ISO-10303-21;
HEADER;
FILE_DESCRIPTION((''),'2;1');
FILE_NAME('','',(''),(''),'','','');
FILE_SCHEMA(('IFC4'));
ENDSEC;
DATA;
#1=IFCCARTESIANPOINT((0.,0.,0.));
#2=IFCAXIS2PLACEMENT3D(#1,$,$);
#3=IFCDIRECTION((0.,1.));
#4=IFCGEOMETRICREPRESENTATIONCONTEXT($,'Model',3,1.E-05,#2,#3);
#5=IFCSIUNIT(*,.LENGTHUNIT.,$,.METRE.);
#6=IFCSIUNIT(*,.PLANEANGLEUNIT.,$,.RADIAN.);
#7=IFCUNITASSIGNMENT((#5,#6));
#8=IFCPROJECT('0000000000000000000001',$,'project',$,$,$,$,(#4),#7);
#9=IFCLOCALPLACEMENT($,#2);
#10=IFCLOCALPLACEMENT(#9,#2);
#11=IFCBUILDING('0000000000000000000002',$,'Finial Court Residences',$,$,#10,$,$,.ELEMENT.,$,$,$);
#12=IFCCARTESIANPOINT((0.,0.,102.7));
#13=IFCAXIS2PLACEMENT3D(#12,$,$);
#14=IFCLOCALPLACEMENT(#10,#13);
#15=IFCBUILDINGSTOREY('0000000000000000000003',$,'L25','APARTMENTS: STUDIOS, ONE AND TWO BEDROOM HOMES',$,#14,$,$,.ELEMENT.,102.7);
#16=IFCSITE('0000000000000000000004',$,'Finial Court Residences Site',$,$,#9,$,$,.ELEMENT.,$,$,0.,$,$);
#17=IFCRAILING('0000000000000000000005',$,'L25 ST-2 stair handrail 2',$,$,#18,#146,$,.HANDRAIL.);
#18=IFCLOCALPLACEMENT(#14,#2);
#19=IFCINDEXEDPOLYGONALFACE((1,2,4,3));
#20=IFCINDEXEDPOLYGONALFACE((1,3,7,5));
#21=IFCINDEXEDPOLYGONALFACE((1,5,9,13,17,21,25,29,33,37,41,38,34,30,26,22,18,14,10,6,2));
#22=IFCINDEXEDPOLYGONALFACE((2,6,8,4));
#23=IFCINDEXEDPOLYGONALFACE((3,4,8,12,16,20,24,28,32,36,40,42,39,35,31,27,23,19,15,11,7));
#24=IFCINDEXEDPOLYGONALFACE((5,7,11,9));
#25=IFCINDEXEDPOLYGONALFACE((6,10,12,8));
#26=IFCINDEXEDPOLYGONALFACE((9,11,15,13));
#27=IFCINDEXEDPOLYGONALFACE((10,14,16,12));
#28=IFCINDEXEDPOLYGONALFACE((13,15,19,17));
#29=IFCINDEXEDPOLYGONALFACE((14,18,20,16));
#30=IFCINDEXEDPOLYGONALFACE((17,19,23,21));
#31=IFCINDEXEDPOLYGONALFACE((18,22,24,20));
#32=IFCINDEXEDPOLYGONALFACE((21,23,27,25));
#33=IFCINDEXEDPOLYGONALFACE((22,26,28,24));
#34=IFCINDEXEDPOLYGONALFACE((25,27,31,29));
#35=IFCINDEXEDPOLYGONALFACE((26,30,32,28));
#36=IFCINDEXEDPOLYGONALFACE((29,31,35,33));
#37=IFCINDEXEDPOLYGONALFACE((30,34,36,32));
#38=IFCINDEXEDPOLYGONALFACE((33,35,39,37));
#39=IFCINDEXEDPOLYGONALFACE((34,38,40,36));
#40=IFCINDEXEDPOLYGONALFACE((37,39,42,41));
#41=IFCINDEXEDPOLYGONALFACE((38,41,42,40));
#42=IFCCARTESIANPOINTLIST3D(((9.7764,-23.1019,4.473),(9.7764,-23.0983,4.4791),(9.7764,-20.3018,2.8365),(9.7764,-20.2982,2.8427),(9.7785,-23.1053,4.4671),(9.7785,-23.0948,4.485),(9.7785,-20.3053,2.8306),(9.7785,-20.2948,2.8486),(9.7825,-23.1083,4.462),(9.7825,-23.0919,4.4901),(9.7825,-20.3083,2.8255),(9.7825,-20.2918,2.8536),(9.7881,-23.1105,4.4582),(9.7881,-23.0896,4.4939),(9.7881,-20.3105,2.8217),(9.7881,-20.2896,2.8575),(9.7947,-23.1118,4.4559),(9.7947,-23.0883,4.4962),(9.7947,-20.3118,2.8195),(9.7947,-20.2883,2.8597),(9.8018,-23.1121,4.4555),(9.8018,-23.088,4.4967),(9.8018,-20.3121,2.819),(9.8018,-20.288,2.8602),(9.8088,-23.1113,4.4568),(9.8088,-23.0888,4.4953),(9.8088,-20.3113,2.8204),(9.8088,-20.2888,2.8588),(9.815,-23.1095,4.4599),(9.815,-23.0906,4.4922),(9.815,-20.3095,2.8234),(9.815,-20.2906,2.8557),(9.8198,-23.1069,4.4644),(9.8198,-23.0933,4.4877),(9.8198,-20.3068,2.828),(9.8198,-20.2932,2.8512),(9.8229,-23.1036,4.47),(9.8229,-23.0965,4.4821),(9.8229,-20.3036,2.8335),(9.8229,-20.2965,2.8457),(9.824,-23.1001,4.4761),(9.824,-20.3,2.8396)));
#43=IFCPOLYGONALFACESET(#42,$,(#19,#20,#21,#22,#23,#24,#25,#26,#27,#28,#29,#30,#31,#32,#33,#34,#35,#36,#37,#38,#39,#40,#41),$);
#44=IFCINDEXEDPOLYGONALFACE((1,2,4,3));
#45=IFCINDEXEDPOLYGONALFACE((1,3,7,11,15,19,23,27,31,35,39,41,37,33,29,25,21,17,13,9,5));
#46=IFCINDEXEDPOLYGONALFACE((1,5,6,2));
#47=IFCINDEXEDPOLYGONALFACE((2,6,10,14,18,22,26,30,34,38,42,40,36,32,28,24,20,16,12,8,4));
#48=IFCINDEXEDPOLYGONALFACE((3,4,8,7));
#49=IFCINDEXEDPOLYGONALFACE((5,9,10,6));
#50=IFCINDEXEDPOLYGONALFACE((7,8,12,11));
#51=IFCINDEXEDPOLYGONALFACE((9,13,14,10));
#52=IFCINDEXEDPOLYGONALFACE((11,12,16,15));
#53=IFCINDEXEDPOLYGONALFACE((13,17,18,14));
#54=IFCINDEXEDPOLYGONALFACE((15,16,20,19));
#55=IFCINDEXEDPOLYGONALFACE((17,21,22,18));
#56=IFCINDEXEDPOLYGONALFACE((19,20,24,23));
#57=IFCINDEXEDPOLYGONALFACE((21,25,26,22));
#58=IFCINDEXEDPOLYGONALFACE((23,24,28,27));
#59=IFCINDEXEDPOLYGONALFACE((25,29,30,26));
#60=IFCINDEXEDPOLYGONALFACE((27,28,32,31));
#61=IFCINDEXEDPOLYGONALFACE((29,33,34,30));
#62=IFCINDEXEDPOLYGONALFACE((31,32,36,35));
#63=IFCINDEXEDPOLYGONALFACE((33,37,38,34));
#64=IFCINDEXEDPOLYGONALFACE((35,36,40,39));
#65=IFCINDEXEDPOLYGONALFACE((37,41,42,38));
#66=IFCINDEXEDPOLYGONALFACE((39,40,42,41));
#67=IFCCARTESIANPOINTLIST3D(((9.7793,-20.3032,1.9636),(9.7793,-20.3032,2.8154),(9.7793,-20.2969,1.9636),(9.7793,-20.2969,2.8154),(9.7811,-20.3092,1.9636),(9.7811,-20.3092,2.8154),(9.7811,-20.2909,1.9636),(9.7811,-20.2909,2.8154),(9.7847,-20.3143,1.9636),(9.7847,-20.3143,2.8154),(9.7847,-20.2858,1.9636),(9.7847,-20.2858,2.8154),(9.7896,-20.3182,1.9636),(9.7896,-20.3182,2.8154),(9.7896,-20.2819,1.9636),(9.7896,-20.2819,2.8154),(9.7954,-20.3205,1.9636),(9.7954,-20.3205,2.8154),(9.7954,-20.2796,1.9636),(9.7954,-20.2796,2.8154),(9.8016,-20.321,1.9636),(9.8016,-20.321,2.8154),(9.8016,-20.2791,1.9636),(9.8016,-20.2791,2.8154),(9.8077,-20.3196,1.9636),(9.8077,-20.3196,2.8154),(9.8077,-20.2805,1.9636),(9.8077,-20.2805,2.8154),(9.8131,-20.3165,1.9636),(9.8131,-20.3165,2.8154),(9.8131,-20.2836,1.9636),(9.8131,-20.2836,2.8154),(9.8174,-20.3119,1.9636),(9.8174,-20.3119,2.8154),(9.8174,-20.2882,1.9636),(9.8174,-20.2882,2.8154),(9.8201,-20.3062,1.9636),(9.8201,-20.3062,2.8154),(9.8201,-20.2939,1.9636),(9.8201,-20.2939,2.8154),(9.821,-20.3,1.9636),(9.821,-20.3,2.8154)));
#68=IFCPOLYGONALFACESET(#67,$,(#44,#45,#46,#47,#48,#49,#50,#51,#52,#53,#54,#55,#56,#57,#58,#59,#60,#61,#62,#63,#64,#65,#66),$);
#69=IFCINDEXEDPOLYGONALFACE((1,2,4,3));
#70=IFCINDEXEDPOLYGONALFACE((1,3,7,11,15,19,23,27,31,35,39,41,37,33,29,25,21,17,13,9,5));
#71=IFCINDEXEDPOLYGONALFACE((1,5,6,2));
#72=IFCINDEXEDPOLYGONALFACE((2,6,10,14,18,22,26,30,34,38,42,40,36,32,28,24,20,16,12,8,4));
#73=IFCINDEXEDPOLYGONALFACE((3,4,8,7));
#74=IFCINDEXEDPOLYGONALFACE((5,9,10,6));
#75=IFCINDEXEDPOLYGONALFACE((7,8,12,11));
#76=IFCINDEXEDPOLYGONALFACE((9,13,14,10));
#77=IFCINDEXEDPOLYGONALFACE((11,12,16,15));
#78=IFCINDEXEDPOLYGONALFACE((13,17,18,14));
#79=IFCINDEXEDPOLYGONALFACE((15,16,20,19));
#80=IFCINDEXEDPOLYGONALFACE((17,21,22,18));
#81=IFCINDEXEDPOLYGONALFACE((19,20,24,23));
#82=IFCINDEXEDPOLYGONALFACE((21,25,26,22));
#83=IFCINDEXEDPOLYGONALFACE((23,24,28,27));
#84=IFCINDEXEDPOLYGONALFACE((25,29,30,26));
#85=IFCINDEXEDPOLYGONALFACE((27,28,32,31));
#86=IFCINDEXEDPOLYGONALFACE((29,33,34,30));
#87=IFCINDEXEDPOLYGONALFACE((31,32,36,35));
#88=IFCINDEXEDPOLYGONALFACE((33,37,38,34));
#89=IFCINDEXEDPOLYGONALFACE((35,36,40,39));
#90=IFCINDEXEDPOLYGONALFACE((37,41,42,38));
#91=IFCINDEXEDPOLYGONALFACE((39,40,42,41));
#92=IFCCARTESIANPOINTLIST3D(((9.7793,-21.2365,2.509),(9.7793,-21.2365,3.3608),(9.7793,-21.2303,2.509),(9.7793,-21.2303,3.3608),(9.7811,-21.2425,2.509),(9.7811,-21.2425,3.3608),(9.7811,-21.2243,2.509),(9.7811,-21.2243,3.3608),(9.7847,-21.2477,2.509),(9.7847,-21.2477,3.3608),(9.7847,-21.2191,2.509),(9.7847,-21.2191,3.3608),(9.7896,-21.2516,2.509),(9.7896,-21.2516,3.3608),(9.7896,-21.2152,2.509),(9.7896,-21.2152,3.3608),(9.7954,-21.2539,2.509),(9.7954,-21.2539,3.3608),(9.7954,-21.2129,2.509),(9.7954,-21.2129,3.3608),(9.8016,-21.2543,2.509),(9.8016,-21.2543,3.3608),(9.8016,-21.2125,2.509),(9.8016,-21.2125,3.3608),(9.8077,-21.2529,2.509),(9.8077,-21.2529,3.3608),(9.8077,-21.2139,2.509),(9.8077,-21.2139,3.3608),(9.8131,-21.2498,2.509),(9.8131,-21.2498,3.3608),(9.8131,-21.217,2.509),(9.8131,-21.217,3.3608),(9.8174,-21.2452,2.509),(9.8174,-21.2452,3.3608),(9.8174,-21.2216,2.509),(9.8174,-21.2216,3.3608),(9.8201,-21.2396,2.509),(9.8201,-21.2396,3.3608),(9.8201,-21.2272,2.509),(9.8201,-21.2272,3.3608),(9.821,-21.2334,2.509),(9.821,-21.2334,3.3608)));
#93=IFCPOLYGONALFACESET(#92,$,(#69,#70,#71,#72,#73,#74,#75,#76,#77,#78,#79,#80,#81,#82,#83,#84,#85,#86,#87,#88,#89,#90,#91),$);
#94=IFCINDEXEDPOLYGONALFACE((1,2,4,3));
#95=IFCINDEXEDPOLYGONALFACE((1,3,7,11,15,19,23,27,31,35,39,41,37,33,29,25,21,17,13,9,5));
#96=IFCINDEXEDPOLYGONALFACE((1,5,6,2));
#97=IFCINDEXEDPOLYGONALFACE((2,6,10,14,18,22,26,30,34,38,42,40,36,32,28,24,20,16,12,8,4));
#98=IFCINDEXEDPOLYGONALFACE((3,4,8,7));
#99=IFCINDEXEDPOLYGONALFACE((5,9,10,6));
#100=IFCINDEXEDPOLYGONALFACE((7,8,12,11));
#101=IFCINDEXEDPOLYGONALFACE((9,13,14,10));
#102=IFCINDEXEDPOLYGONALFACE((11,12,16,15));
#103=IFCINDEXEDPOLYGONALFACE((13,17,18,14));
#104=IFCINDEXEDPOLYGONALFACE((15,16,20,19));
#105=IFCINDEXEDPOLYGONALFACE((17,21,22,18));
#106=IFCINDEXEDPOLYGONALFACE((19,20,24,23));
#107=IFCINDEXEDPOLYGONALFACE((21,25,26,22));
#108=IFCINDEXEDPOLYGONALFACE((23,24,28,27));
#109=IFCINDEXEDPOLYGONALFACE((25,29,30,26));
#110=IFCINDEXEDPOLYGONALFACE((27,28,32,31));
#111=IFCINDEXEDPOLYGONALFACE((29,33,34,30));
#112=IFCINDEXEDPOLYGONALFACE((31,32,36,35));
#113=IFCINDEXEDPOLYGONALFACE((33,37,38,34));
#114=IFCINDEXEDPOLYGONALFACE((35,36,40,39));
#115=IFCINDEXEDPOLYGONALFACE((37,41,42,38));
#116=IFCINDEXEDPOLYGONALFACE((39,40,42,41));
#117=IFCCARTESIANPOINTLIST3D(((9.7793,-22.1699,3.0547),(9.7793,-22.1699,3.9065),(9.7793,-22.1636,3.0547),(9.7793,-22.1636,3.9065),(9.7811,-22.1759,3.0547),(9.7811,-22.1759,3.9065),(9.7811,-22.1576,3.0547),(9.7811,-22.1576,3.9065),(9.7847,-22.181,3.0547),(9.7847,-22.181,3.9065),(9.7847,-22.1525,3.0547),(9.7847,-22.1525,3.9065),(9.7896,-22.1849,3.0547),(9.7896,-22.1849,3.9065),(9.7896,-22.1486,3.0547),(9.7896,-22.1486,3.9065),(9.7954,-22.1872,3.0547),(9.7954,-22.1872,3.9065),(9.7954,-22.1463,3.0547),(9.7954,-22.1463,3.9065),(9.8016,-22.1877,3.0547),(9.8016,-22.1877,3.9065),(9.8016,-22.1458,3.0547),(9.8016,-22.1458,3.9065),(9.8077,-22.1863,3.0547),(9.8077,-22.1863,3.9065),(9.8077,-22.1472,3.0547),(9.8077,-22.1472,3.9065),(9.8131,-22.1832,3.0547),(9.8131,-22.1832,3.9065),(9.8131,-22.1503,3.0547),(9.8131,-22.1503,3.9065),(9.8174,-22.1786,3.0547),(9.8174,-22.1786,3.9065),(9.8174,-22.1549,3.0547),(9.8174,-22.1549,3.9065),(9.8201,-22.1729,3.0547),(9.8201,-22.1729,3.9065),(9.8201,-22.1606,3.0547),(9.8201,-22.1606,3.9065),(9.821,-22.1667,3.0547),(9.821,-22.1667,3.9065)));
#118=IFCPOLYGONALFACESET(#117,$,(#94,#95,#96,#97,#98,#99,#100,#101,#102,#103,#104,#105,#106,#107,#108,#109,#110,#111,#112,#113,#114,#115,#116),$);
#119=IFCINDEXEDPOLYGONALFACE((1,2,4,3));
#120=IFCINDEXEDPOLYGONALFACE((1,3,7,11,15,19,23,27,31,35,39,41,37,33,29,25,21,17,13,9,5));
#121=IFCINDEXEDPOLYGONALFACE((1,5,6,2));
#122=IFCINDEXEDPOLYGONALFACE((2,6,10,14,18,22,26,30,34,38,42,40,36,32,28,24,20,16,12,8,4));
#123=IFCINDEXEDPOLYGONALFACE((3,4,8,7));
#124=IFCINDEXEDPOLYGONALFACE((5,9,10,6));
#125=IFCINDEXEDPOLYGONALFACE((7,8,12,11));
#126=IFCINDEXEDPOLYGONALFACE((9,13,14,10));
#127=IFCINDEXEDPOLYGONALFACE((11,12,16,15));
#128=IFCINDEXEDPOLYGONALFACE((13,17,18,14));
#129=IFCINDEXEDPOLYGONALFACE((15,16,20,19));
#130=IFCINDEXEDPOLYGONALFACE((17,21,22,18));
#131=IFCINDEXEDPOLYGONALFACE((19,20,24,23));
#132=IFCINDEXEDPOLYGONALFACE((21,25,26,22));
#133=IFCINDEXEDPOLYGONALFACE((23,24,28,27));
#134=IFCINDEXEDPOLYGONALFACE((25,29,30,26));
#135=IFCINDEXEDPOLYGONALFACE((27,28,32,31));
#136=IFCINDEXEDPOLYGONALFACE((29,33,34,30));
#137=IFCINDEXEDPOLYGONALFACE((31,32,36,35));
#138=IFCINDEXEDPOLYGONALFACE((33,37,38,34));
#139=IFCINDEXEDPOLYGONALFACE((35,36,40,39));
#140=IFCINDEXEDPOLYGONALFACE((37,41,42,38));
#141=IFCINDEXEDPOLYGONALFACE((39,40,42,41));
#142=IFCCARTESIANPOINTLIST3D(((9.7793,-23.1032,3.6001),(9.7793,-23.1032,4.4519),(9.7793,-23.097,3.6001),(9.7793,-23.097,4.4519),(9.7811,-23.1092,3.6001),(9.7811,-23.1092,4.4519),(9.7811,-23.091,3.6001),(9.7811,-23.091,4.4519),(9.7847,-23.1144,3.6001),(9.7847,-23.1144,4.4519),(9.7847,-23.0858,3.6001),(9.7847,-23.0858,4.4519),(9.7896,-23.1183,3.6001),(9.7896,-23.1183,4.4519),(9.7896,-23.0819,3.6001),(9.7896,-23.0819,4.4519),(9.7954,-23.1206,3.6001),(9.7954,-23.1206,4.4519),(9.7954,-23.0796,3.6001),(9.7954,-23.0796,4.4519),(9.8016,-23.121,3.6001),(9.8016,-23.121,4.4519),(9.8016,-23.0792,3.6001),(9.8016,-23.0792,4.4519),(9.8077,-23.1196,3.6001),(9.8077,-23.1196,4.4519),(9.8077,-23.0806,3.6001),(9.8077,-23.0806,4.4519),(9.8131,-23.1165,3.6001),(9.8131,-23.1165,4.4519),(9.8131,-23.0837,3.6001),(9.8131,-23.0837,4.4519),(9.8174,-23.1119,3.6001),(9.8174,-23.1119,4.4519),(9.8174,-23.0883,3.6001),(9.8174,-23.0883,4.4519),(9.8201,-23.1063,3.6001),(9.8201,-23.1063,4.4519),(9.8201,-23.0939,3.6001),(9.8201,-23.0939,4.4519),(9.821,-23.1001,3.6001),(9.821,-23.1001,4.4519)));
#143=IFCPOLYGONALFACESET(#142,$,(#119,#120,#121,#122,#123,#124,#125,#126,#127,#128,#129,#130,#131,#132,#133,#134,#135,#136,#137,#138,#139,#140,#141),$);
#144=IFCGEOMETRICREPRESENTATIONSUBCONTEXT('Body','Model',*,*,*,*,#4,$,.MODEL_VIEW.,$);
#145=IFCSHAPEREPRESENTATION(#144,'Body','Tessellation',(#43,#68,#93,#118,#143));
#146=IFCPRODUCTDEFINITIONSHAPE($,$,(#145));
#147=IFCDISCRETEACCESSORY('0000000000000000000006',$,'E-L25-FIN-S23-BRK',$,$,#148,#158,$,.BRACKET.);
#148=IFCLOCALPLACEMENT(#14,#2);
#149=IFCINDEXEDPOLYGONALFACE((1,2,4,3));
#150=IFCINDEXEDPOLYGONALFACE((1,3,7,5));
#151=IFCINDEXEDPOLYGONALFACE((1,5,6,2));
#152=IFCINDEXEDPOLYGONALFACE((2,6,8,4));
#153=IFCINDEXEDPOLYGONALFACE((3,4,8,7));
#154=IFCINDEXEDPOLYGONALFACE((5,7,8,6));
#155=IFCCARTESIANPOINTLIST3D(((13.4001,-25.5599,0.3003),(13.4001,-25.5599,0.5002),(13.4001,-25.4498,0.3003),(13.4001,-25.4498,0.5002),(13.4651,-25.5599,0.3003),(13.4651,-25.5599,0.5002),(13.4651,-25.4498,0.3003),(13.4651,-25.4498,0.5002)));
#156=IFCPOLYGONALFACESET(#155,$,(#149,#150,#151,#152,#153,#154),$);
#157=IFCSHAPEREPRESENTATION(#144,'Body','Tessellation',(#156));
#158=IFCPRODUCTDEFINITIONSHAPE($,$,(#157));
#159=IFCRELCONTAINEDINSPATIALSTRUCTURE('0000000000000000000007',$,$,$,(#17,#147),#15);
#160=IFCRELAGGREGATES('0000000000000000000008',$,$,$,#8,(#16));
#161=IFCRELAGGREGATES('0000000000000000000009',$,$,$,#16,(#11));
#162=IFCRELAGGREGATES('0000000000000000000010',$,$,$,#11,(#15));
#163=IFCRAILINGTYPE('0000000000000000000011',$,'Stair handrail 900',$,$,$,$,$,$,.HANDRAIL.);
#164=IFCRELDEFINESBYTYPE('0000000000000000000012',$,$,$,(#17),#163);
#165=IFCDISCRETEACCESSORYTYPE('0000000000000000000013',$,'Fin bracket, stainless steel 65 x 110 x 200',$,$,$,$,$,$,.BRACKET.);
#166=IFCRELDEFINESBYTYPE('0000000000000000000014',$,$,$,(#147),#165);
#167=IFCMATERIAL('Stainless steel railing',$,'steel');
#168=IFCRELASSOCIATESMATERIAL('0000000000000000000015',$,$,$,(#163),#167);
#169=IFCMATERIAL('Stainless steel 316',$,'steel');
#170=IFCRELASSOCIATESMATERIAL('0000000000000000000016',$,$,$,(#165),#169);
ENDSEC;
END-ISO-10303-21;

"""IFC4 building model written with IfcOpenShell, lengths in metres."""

from ifc_helpers import new_model, si_unit, direction, frame, origin, origin_2d, place, context, subcontext, project, spatial, rectangle, circle, extrude, material, type_object, element, save


model = new_model("IFC4")

# Units and contexts
model_context = context("Model", 3, precision=1e-05, world=origin(), true_north=direction((0.0, 1.0)))
body_context = subcontext(model_context, "Body", "Model", "MODEL_VIEW")
ifc_project = project(units=[si_unit("LENGTHUNIT", "METRE"), si_unit("PLANEANGLEUNIT", "RADIAN")], contexts=[model_context])

# Site, building, storey
site_placement = place(None, origin())
site = spatial("IfcSite", under=ifc_project, at=site_placement, Name="Finial Court Residences Site", CompositionType="ELEMENT", RefElevation=0.0)
building_placement = place(site_placement, origin())
building = spatial("IfcBuilding", under=site, at=building_placement, Name="Finial Court Residences", CompositionType="ELEMENT")
storey_placement = place(building_placement, frame((0.0, 0.0, 102.7)))
storey = spatial("IfcBuildingStorey", under=building, at=storey_placement, Name="L25", Description="APARTMENTS: STUDIOS, ONE AND TWO BEDROOM HOMES", CompositionType="ELEMENT", Elevation=102.7)

# Railing
ifc_material_1 = material(Name="Stainless steel railing", Category="steel")
railing_type_1 = type_object("IfcRailingType", Name="Stair handrail 900", PredefinedType="HANDRAIL", material=ifc_material_1)
railing_1_placement = place(storey_placement, frame((9.8, -20.3, 1.9636)))
element("IfcRailing", 1, at=railing_1_placement, inside=storey, type_object=railing_type_1, Name="L25 ST-2 stair handrail 2", PredefinedType="HANDRAIL", context=body_context, shape_type="SweptSolid", body=[
    extrude(circle(Radius=0.0239, at=origin_2d()), frame((0.0, 0.0, 0.876), z_axis=(0.0, -0.863361, 0.504587), x_axis=(1.0, 0.0, 0.0)), (0.0, 0.0, 1.0), 3.2432),
    extrude(circle(Radius=0.021, at=origin_2d()), origin(), (0.0, 0.0, 1.0), 0.8518),
    extrude(circle(Radius=0.021, at=origin_2d()), frame((0.0, -0.9333, 0.5454)), (0.0, 0.0, 1.0), 0.8518),
    extrude(circle(Radius=0.021, at=origin_2d()), frame((0.0, -1.8667, 1.0911)), (0.0, 0.0, 1.0), 0.8518),
    extrude(circle(Radius=0.021, at=origin_2d()), frame((0.0, -2.8, 1.6365)), (0.0, 0.0, 1.0), 0.8518),
])

# Discrete accessory
ifc_material_2 = material(Name="Stainless steel 316", Category="steel")
discrete_accessory_type = type_object("IfcDiscreteAccessoryType", Name="Fin bracket, stainless steel 65 x 110 x 200", PredefinedType="BRACKET", material=ifc_material_2)
discrete_accessory_placement = place(storey_placement, frame((13.4326, -25.5049, 0.3003), z_axis=(0.0, 0.0, 1.0), x_axis=(1.0, 0.0, 0.0)))
element("IfcDiscreteAccessory", 2, at=discrete_accessory_placement, inside=storey, type_object=discrete_accessory_type, Name="E-L25-FIN-S23-BRK", PredefinedType="BRACKET", context=body_context, shape_type="SweptSolid", body=[
    extrude(rectangle(XDim=0.0649, YDim=0.1101, at=origin_2d()), origin(), (0.0, 0.0, 1.0), 0.2),
])

save(model, "model.ifc")
